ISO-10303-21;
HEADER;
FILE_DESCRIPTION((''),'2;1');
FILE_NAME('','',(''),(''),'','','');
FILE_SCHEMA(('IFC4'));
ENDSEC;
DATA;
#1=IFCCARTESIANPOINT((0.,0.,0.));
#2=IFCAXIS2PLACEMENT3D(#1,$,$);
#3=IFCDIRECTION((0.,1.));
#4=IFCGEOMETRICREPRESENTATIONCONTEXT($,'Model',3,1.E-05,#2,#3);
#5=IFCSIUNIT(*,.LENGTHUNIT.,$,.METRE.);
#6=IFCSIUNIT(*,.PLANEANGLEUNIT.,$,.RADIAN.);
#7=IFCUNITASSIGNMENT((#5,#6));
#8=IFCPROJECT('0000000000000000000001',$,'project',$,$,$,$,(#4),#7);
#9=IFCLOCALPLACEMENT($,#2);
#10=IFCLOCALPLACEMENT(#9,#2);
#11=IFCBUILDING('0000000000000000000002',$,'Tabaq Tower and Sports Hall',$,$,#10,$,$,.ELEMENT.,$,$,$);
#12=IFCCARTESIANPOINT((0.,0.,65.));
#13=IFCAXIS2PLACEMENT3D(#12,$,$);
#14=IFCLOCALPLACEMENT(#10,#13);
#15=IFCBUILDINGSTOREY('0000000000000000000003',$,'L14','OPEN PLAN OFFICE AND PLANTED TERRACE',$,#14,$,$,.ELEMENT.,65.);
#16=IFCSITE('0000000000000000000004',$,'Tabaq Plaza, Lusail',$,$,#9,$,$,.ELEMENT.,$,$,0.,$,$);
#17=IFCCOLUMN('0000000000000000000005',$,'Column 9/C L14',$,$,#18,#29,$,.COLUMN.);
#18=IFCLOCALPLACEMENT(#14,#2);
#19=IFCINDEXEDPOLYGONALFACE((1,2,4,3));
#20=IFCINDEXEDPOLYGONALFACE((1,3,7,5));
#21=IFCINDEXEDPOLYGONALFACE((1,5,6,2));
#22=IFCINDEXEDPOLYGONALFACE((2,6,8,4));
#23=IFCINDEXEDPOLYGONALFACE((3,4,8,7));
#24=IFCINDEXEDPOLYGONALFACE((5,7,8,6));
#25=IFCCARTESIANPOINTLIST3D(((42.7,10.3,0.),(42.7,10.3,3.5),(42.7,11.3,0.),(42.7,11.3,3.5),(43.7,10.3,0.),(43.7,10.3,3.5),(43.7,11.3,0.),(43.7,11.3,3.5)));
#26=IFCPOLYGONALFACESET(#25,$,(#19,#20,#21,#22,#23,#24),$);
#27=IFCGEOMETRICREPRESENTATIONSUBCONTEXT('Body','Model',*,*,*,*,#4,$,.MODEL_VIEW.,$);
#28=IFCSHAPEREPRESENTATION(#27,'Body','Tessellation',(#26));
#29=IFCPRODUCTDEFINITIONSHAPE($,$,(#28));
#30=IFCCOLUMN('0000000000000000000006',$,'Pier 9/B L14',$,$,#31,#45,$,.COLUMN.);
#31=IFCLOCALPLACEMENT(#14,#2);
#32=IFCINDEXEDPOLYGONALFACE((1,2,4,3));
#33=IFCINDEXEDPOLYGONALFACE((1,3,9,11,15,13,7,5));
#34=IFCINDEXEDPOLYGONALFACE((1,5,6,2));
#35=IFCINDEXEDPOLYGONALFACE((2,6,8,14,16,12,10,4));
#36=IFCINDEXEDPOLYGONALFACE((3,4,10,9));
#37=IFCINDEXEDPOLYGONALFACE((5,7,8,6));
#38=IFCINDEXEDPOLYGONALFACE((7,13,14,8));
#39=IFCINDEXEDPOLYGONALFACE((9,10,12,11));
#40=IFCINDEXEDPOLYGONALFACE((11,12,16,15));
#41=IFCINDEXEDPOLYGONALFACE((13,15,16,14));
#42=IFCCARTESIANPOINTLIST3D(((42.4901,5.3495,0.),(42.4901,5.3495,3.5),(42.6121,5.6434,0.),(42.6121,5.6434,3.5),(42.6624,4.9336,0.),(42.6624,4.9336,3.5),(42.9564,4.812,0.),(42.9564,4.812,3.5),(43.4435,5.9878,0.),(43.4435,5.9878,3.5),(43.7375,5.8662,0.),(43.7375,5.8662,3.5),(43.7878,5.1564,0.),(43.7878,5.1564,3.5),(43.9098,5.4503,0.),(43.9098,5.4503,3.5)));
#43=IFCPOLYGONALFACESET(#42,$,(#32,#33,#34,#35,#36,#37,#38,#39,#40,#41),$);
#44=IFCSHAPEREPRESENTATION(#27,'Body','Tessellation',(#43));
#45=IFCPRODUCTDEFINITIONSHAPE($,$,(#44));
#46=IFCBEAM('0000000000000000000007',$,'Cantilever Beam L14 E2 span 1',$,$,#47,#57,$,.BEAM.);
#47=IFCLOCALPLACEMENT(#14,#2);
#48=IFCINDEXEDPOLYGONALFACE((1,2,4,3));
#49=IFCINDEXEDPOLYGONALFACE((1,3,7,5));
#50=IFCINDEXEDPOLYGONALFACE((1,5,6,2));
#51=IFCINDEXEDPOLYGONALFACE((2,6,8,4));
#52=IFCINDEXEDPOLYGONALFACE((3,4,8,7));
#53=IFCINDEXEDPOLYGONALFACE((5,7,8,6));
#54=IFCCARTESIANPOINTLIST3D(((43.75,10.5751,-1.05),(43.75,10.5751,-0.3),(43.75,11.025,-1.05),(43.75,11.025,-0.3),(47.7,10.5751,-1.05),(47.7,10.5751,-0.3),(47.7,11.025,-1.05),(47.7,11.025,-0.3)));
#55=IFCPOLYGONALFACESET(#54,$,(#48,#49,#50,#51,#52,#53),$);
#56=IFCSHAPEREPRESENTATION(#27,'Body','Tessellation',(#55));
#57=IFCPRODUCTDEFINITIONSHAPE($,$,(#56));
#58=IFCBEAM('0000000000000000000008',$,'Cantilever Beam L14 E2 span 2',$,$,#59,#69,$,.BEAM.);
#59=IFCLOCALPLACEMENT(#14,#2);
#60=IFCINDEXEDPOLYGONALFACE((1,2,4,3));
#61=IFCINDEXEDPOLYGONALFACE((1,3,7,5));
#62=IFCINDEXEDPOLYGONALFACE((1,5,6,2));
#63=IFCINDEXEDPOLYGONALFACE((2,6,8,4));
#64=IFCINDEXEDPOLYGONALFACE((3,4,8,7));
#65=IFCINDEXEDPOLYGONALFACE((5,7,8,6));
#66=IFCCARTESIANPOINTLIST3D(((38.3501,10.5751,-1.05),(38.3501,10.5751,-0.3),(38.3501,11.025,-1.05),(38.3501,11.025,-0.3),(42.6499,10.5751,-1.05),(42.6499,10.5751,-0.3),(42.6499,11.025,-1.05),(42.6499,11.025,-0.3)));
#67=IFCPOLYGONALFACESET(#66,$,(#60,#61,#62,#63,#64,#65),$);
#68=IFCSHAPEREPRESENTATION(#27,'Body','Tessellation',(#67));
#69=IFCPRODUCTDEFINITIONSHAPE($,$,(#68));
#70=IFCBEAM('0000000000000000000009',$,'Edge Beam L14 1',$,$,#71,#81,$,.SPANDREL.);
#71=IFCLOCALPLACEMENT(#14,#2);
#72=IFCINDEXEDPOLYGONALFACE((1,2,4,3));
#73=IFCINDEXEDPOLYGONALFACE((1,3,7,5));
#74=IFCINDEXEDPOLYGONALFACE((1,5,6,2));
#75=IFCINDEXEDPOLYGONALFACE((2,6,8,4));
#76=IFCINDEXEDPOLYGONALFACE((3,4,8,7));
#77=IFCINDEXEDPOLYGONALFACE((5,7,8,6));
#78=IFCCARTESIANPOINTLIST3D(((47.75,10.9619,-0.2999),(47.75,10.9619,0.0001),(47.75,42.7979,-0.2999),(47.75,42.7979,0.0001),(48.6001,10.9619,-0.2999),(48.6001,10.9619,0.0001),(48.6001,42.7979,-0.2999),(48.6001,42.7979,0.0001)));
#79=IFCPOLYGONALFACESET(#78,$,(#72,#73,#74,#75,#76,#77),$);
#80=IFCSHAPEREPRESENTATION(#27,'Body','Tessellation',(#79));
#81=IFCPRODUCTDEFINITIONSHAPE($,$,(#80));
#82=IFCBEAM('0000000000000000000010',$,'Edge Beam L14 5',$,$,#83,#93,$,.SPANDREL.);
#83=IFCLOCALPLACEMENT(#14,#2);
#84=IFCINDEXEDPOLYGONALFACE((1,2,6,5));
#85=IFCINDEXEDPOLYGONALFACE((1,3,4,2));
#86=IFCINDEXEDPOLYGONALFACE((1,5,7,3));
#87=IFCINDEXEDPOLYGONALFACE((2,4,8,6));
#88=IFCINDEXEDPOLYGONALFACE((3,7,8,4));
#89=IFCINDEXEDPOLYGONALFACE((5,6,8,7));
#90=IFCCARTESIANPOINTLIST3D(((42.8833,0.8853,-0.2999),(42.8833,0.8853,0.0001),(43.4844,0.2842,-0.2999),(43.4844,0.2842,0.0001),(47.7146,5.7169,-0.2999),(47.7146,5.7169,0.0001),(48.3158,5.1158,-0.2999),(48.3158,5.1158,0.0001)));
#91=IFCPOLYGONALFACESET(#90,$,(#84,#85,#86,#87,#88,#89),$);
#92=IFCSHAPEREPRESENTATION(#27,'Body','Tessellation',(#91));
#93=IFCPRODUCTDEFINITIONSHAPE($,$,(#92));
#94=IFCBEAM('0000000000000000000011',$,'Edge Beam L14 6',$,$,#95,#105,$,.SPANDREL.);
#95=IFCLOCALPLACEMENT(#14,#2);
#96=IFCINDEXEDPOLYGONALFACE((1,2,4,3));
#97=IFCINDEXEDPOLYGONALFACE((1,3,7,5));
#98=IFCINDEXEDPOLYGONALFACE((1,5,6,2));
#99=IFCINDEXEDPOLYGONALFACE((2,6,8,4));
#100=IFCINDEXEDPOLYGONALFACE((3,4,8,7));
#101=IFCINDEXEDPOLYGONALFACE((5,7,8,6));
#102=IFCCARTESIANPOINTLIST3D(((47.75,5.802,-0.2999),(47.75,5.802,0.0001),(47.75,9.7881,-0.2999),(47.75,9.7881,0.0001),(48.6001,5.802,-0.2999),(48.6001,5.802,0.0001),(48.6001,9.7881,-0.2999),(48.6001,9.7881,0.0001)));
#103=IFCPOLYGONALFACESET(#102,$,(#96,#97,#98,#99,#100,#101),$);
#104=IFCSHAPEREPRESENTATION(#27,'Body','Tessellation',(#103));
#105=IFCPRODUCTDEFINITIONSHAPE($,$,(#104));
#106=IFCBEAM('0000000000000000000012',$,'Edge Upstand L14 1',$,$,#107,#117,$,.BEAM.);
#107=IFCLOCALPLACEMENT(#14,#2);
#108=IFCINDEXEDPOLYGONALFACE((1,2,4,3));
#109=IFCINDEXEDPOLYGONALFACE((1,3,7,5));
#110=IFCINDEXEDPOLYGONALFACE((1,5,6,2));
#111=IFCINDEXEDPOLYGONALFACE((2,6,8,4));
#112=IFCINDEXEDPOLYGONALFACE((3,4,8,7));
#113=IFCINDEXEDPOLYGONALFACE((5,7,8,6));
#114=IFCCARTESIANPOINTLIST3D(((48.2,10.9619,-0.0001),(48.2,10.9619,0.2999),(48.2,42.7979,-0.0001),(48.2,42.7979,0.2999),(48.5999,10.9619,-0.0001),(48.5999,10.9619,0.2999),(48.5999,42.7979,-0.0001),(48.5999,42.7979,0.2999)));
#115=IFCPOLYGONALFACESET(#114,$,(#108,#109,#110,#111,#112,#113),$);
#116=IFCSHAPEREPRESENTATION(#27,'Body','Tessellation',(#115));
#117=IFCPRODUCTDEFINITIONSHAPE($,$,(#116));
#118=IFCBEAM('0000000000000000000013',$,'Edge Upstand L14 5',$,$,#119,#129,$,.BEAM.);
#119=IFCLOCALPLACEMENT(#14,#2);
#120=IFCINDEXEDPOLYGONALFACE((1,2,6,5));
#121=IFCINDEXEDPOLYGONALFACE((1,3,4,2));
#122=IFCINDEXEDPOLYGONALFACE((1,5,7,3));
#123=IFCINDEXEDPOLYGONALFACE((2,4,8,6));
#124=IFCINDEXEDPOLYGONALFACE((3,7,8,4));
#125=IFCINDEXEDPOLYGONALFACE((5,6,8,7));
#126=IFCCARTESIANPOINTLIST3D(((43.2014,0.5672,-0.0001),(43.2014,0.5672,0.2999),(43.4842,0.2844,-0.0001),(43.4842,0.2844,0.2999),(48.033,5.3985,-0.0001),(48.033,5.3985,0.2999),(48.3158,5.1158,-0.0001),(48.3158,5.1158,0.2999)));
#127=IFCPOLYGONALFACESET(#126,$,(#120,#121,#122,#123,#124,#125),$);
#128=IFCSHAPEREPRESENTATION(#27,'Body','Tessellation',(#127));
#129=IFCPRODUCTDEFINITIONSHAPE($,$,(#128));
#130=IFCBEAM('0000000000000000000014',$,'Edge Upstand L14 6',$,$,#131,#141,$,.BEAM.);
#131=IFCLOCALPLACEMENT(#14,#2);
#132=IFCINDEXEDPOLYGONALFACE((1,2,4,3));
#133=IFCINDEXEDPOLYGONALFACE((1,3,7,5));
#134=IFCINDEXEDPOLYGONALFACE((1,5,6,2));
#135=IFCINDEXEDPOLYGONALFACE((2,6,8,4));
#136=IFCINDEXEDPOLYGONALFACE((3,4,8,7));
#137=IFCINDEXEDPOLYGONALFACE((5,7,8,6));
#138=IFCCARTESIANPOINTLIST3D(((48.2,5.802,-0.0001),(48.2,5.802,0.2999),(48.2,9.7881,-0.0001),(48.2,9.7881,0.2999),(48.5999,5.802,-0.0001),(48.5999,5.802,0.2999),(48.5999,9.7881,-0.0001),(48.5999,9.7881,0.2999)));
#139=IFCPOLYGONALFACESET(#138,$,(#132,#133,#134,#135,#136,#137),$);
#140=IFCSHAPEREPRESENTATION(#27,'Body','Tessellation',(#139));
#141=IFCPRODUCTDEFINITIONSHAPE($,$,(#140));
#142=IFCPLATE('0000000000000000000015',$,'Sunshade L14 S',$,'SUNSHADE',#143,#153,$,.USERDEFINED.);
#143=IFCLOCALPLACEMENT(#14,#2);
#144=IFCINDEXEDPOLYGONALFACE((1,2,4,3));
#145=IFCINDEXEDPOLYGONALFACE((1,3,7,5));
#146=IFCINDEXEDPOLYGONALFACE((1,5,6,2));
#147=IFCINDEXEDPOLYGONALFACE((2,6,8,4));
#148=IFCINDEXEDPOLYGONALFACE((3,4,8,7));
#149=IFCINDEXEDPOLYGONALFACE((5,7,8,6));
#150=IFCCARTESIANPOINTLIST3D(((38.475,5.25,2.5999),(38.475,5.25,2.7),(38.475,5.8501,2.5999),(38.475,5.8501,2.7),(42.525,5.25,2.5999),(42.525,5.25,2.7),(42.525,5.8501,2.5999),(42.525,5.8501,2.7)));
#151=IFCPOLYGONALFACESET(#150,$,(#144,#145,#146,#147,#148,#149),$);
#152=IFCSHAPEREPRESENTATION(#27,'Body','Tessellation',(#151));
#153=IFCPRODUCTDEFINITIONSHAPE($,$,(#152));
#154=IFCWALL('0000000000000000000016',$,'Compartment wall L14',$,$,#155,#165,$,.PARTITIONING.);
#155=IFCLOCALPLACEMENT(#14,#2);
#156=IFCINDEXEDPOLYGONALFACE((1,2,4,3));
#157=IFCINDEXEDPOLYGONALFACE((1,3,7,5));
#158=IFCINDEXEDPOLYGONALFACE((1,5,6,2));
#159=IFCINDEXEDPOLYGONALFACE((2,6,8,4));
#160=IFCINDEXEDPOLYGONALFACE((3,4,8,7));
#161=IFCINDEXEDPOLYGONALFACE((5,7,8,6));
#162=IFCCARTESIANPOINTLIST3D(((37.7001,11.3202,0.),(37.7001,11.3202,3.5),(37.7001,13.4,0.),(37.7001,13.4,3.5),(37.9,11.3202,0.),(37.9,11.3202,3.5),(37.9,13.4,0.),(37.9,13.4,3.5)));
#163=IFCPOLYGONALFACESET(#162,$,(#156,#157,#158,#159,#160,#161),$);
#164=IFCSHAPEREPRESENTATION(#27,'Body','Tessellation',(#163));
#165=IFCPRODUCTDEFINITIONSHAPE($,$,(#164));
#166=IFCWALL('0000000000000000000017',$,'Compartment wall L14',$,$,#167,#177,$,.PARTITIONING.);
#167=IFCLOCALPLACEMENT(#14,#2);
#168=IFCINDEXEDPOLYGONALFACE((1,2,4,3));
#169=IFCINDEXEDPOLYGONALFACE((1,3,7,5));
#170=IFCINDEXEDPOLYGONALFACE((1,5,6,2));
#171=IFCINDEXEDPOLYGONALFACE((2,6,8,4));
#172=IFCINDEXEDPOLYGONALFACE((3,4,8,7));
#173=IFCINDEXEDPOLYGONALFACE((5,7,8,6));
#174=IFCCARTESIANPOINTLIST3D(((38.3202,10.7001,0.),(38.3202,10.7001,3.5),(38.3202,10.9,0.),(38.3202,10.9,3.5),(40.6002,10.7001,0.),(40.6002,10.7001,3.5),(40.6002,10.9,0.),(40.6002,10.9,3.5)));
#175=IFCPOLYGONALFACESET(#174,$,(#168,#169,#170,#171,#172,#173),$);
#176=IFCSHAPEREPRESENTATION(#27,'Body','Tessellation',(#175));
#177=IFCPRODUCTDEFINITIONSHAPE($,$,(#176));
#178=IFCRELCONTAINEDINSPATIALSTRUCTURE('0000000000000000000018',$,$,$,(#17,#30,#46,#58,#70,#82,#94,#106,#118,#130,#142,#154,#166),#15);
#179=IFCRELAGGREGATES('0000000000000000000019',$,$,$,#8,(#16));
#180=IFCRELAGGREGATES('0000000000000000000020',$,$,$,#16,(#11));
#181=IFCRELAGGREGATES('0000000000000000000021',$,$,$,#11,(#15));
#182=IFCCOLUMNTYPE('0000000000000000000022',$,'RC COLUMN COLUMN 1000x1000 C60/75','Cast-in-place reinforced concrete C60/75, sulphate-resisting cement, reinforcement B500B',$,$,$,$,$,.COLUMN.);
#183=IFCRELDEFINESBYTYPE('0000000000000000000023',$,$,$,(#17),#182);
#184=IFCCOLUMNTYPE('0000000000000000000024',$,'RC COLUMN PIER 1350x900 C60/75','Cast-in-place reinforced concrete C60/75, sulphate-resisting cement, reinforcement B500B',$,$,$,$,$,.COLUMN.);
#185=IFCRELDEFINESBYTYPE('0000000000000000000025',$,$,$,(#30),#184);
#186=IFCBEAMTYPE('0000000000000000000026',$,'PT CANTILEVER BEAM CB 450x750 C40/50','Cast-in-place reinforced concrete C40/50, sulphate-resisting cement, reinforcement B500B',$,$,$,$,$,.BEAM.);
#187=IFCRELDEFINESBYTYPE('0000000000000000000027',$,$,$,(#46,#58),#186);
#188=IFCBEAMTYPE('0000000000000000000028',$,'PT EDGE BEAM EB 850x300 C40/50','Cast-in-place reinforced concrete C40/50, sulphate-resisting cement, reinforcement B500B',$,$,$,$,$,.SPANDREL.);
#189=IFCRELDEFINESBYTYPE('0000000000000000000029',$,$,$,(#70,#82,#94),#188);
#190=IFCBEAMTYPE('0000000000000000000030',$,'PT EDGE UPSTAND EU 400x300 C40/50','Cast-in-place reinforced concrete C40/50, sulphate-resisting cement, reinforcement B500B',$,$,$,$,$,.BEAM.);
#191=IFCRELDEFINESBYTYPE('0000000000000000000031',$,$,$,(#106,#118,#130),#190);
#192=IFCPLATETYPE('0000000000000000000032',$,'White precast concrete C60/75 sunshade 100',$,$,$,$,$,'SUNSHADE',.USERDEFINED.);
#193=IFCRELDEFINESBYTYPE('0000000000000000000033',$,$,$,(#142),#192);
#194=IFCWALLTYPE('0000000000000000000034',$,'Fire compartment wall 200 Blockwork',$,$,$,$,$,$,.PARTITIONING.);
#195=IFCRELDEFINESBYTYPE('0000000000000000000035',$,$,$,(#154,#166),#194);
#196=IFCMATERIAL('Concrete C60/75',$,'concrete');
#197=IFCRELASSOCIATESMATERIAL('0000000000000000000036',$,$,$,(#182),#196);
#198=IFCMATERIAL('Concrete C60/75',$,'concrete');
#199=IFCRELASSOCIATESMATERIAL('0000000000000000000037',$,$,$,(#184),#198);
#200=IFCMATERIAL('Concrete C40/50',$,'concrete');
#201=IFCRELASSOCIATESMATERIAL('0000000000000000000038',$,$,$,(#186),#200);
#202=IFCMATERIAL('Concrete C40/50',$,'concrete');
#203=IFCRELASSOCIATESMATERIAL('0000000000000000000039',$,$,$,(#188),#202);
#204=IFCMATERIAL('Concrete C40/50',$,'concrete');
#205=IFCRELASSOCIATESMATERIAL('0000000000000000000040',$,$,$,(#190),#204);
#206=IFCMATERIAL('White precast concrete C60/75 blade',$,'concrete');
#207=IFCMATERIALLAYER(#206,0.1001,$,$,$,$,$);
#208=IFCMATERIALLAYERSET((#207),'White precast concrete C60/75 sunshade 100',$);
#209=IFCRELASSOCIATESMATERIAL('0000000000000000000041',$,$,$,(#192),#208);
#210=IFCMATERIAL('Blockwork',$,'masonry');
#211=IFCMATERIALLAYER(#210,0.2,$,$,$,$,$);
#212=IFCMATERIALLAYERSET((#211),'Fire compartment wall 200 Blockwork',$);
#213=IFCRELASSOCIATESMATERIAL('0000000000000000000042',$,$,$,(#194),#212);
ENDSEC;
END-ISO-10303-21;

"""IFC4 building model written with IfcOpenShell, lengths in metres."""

from ifc_helpers import new_model, si_unit, direction, frame, frame_2d, origin, origin_2d, place, context, subcontext, project, spatial, polyline, rectangle, outline, extrude, material, layer, layer_set, material_profile, profile_set, type_object, element, save


model = new_model("IFC4")

# Units and contexts
model_context = context("Model", 3, precision=1e-05, world=origin(), true_north=direction((0.0, 1.0)))
body_context = subcontext(model_context, "Body", "Model", "MODEL_VIEW")
ifc_project = project(units=[si_unit("LENGTHUNIT", "METRE"), si_unit("PLANEANGLEUNIT", "RADIAN")], contexts=[model_context])

# Site, building, storey
site_placement = place(None, origin())
site = spatial("IfcSite", under=ifc_project, at=site_placement, Name="Tabaq Plaza, Lusail", CompositionType="ELEMENT", RefElevation=0.0)
building_placement = place(site_placement, origin())
building = spatial("IfcBuilding", under=site, at=building_placement, Name="Tabaq Tower and Sports Hall", CompositionType="ELEMENT")
storey_placement = place(building_placement, frame((0.0, 0.0, 65.0)))
storey = spatial("IfcBuildingStorey", under=building, at=storey_placement, Name="L14", Description="OPEN PLAN OFFICE AND PLANTED TERRACE", CompositionType="ELEMENT", Elevation=65.0)

# Columns
ifc_material_1 = material(Name="Concrete C60/75", Category="concrete")
ifc_material_profile_1 = material_profile(ifc_material_1, rectangle(XDim=1.0, YDim=1.0, at=origin_2d()), Name="COLUMN 1000x1000")
ifc_profile_set_1 = profile_set([ifc_material_profile_1], Name="Concrete C60/75")
column_type_1 = type_object("IfcColumnType", Name="RC COLUMN COLUMN 1000x1000 C60/75", Description="Cast-in-place reinforced concrete C60/75, sulphate-resisting cement, reinforcement B500B", PredefinedType="COLUMN", material=ifc_profile_set_1)
column_1_placement = place(storey_placement, frame((43.2, 10.8, 0.0), z_axis=(0.0, 0.0, 1.0), x_axis=(1.0, 0.0, 0.0)))
element("IfcColumn", 1, at=column_1_placement, inside=storey, type_object=column_type_1, Name="Column 9/C L14", PredefinedType="COLUMN", context=body_context, shape_type="SweptSolid", body=[
    extrude(rectangle(XDim=1.0, YDim=1.0, at=origin_2d()), origin(), (0.0, 0.0, 1.0), 3.5),
])
ifc_material_2 = material(Name="Concrete C60/75", Category="concrete")
ifc_material_profile_2 = material_profile(ifc_material_2, outline(polyline([(-0.45, -0.45), (0.45, -0.45), (0.675, -0.2251), (0.675, 0.2251), (0.45, 0.45), (-0.45, 0.45), (-0.675, 0.2251), (-0.675, -0.2251), (-0.45, -0.45)])), Name="PIER 1350x900")
ifc_profile_set_2 = profile_set([ifc_material_profile_2], Name="Concrete C60/75")
column_type_2 = type_object("IfcColumnType", Name="RC COLUMN PIER 1350x900 C60/75", Description="Cast-in-place reinforced concrete C60/75, sulphate-resisting cement, reinforcement B500B", PredefinedType="COLUMN", material=ifc_profile_set_2)
column_2_placement = place(storey_placement, frame((43.2, 5.3999, 0.0), z_axis=(0.0, 0.0, 1.0), x_axis=(0.92388, 0.382683, 0.0)))
element("IfcColumn", 2, at=column_2_placement, inside=storey, type_object=column_type_2, Name="Pier 9/B L14", PredefinedType="COLUMN", context=body_context, shape_type="SweptSolid", body=[
    extrude(outline(polyline([(-0.45, -0.45), (0.45, -0.45), (0.675, -0.2251), (0.675, 0.2251), (0.45, 0.45), (-0.45, 0.45), (-0.675, 0.2251), (-0.675, -0.2251), (-0.45, -0.45)])), origin(), (0.0, 0.0, 1.0), 3.5),
])

# Beams
ifc_material_3 = material(Name="Concrete C40/50", Category="concrete")
ifc_material_profile_3 = material_profile(ifc_material_3, rectangle(XDim=0.45, YDim=0.75, at=origin_2d()), Name="CB 450x750")
ifc_profile_set_3 = profile_set([ifc_material_profile_3], Name="Concrete C40/50")
beam_type_1 = type_object("IfcBeamType", Name="PT CANTILEVER BEAM CB 450x750 C40/50", Description="Cast-in-place reinforced concrete C40/50, sulphate-resisting cement, reinforcement B500B", PredefinedType="BEAM", material=ifc_profile_set_3)
beam_1_placement = place(storey_placement, frame((47.7, 10.8, -0.675), z_axis=(-1.0, 0.0, 0.0), x_axis=(0.0, -1.0, 0.0)))
element("IfcBeam", 3, at=beam_1_placement, inside=storey, type_object=beam_type_1, Name="Cantilever Beam L14 E2 span 1", PredefinedType="BEAM", context=body_context, shape_type="SweptSolid", body=[
    extrude(rectangle(XDim=0.45, YDim=0.75, at=origin_2d()), origin(), (0.0, 0.0, 1.0), 3.95),
])
beam_2_placement = place(storey_placement, frame((42.6499, 10.8, -0.675), z_axis=(-1.0, 0.0, 0.0), x_axis=(0.0, -1.0, 0.0)))
element("IfcBeam", 4, at=beam_2_placement, inside=storey, type_object=beam_type_1, Name="Cantilever Beam L14 E2 span 2", PredefinedType="BEAM", context=body_context, shape_type="SweptSolid", body=[
    extrude(rectangle(XDim=0.45, YDim=0.75, at=origin_2d()), origin(), (0.0, 0.0, 1.0), 4.2998),
])
ifc_material_4 = material(Name="Concrete C40/50", Category="concrete")
ifc_material_profile_4 = material_profile(ifc_material_4, rectangle(XDim=0.8501, YDim=0.3, at=origin_2d()), Name="EB 850x300")
ifc_profile_set_4 = profile_set([ifc_material_profile_4], Name="Concrete C40/50")
beam_type_2 = type_object("IfcBeamType", Name="PT EDGE BEAM EB 850x300 C40/50", Description="Cast-in-place reinforced concrete C40/50, sulphate-resisting cement, reinforcement B500B", PredefinedType="SPANDREL", material=ifc_profile_set_4)
beam_3_placement = place(storey_placement, frame((48.175, 10.9619, -0.1499), z_axis=(0.0, 1.0, 0.0), x_axis=(-1.0, 0.0, 0.0)))
element("IfcBeam", 5, at=beam_3_placement, inside=storey, type_object=beam_type_2, Name="Edge Beam L14 1", PredefinedType="SPANDREL", context=body_context, shape_type="SweptSolid", body=[
    extrude(rectangle(XDim=0.8501, YDim=0.3, at=origin_2d()), origin(), (0.0, 0.0, 1.0), 31.8359),
])
beam_4_placement = place(storey_placement, frame((43.1838, 0.5847, -0.1499), z_axis=(0.707089, 0.707125, 0.0), x_axis=(-0.707125, 0.707089, 0.0)))
element("IfcBeam", 6, at=beam_4_placement, inside=storey, type_object=beam_type_2, Name="Edge Beam L14 5", PredefinedType="SPANDREL", context=body_context, shape_type="SweptSolid", body=[
    extrude(rectangle(XDim=0.8501, YDim=0.3, at=origin_2d()), origin(), (0.0, 0.0, 1.0), 6.8328),
])
beam_5_placement = place(storey_placement, frame((48.175, 5.802, -0.1499), z_axis=(0.0, 1.0, 0.0), x_axis=(-1.0, 0.0, 0.0)))
element("IfcBeam", 7, at=beam_5_placement, inside=storey, type_object=beam_type_2, Name="Edge Beam L14 6", PredefinedType="SPANDREL", context=body_context, shape_type="SweptSolid", body=[
    extrude(rectangle(XDim=0.8501, YDim=0.3, at=origin_2d()), origin(), (0.0, 0.0, 1.0), 3.9861),
])
ifc_material_5 = material(Name="Concrete C40/50", Category="concrete")
ifc_material_profile_5 = material_profile(ifc_material_5, rectangle(XDim=0.3999, YDim=0.3, at=origin_2d()), Name="EU 400x300")
ifc_profile_set_5 = profile_set([ifc_material_profile_5], Name="Concrete C40/50")
beam_type_3 = type_object("IfcBeamType", Name="PT EDGE UPSTAND EU 400x300 C40/50", Description="Cast-in-place reinforced concrete C40/50, sulphate-resisting cement, reinforcement B500B", PredefinedType="BEAM", material=ifc_profile_set_5)
beam_6_placement = place(storey_placement, frame((48.3999, 10.9619, 0.1499), z_axis=(0.0, 1.0, 0.0), x_axis=(-1.0, 0.0, 0.0)))
element("IfcBeam", 8, at=beam_6_placement, inside=storey, type_object=beam_type_3, Name="Edge Upstand L14 1", PredefinedType="BEAM", context=body_context, shape_type="SweptSolid", body=[
    extrude(rectangle(XDim=0.3999, YDim=0.3, at=origin_2d()), origin(), (0.0, 0.0, 1.0), 31.8359),
])
beam_7_placement = place(storey_placement, frame((43.3428, 0.4258, 0.1499), z_axis=(0.707125, 0.707089, 0.0), x_axis=(-0.707089, 0.707125, 0.0)))
element("IfcBeam", 9, at=beam_7_placement, inside=storey, type_object=beam_type_3, Name="Edge Upstand L14 5", PredefinedType="BEAM", context=body_context, shape_type="SweptSolid", body=[
    extrude(rectangle(XDim=0.3999, YDim=0.3, at=origin_2d()), origin(), (0.0, 0.0, 1.0), 6.8328),
])
beam_8_placement = place(storey_placement, frame((48.3999, 5.802, 0.1499), z_axis=(0.0, 1.0, 0.0), x_axis=(-1.0, 0.0, 0.0)))
element("IfcBeam", 10, at=beam_8_placement, inside=storey, type_object=beam_type_3, Name="Edge Upstand L14 6", PredefinedType="BEAM", context=body_context, shape_type="SweptSolid", body=[
    extrude(rectangle(XDim=0.3999, YDim=0.3, at=origin_2d()), origin(), (0.0, 0.0, 1.0), 3.9861),
])

# Plate
ifc_material_6 = material(Name="White precast concrete C60/75 blade", Category="concrete")
ifc_layer_1 = layer(ifc_material_6, 0.1001)
ifc_layer_set_1 = layer_set([ifc_layer_1], Name="White precast concrete C60/75 sunshade 100")
plate_type = type_object("IfcPlateType", Name="White precast concrete C60/75 sunshade 100", ElementType="SUNSHADE", PredefinedType="USERDEFINED", material=ifc_layer_set_1)
plate_placement = place(storey_placement, frame((40.5, 5.55, 2.5999), z_axis=(0.0, 0.0, 1.0), x_axis=(1.0, 0.0, 0.0)))
element("IfcPlate", 11, at=plate_placement, inside=storey, type_object=plate_type, Name="Sunshade L14 S", ObjectType="SUNSHADE", PredefinedType="USERDEFINED", context=body_context, shape_type="SweptSolid", body=[
    extrude(rectangle(XDim=4.05, YDim=0.6001, at=origin_2d()), origin(), (0.0, 0.0, 1.0), 0.1001),
])

# Walls
ifc_material_7 = material(Name="Blockwork", Category="masonry")
ifc_layer_2 = layer(ifc_material_7, 0.2)
ifc_layer_set_2 = layer_set([ifc_layer_2], Name="Fire compartment wall 200 Blockwork")
wall_type_1 = type_object("IfcWallType", Name="Fire compartment wall 200 Blockwork", PredefinedType="PARTITIONING", material=ifc_layer_set_2)
wall_1_placement = place(storey_placement, frame((37.8, 11.3201, 0.0), z_axis=(0.0, 0.0, 1.0), x_axis=(0.0, 1.0, 0.0)))
element("IfcWall", 12, at=wall_1_placement, inside=storey, type_object=wall_type_1, Name="Compartment wall L14", PredefinedType="PARTITIONING", context=body_context, shape_type="SweptSolid", body=[
    extrude(rectangle(XDim=2.0798, YDim=0.2, at=frame_2d((1.04, 0.0))), origin(), (0.0, 0.0, 1.0), 3.5),
])
wall_2_placement = place(storey_placement, frame((38.3201, 10.8, 0.0), z_axis=(0.0, 0.0, 1.0), x_axis=(1.0, 0.0, 0.0)))
element("IfcWall", 13, at=wall_2_placement, inside=storey, type_object=wall_type_1, Name="Compartment wall L14", PredefinedType="PARTITIONING", context=body_context, shape_type="SweptSolid", body=[
    extrude(rectangle(XDim=2.28, YDim=0.2, at=frame_2d((1.1401, 0.0))), origin(), (0.0, 0.0, 1.0), 3.5),
])

save(model, "model.ifc")
